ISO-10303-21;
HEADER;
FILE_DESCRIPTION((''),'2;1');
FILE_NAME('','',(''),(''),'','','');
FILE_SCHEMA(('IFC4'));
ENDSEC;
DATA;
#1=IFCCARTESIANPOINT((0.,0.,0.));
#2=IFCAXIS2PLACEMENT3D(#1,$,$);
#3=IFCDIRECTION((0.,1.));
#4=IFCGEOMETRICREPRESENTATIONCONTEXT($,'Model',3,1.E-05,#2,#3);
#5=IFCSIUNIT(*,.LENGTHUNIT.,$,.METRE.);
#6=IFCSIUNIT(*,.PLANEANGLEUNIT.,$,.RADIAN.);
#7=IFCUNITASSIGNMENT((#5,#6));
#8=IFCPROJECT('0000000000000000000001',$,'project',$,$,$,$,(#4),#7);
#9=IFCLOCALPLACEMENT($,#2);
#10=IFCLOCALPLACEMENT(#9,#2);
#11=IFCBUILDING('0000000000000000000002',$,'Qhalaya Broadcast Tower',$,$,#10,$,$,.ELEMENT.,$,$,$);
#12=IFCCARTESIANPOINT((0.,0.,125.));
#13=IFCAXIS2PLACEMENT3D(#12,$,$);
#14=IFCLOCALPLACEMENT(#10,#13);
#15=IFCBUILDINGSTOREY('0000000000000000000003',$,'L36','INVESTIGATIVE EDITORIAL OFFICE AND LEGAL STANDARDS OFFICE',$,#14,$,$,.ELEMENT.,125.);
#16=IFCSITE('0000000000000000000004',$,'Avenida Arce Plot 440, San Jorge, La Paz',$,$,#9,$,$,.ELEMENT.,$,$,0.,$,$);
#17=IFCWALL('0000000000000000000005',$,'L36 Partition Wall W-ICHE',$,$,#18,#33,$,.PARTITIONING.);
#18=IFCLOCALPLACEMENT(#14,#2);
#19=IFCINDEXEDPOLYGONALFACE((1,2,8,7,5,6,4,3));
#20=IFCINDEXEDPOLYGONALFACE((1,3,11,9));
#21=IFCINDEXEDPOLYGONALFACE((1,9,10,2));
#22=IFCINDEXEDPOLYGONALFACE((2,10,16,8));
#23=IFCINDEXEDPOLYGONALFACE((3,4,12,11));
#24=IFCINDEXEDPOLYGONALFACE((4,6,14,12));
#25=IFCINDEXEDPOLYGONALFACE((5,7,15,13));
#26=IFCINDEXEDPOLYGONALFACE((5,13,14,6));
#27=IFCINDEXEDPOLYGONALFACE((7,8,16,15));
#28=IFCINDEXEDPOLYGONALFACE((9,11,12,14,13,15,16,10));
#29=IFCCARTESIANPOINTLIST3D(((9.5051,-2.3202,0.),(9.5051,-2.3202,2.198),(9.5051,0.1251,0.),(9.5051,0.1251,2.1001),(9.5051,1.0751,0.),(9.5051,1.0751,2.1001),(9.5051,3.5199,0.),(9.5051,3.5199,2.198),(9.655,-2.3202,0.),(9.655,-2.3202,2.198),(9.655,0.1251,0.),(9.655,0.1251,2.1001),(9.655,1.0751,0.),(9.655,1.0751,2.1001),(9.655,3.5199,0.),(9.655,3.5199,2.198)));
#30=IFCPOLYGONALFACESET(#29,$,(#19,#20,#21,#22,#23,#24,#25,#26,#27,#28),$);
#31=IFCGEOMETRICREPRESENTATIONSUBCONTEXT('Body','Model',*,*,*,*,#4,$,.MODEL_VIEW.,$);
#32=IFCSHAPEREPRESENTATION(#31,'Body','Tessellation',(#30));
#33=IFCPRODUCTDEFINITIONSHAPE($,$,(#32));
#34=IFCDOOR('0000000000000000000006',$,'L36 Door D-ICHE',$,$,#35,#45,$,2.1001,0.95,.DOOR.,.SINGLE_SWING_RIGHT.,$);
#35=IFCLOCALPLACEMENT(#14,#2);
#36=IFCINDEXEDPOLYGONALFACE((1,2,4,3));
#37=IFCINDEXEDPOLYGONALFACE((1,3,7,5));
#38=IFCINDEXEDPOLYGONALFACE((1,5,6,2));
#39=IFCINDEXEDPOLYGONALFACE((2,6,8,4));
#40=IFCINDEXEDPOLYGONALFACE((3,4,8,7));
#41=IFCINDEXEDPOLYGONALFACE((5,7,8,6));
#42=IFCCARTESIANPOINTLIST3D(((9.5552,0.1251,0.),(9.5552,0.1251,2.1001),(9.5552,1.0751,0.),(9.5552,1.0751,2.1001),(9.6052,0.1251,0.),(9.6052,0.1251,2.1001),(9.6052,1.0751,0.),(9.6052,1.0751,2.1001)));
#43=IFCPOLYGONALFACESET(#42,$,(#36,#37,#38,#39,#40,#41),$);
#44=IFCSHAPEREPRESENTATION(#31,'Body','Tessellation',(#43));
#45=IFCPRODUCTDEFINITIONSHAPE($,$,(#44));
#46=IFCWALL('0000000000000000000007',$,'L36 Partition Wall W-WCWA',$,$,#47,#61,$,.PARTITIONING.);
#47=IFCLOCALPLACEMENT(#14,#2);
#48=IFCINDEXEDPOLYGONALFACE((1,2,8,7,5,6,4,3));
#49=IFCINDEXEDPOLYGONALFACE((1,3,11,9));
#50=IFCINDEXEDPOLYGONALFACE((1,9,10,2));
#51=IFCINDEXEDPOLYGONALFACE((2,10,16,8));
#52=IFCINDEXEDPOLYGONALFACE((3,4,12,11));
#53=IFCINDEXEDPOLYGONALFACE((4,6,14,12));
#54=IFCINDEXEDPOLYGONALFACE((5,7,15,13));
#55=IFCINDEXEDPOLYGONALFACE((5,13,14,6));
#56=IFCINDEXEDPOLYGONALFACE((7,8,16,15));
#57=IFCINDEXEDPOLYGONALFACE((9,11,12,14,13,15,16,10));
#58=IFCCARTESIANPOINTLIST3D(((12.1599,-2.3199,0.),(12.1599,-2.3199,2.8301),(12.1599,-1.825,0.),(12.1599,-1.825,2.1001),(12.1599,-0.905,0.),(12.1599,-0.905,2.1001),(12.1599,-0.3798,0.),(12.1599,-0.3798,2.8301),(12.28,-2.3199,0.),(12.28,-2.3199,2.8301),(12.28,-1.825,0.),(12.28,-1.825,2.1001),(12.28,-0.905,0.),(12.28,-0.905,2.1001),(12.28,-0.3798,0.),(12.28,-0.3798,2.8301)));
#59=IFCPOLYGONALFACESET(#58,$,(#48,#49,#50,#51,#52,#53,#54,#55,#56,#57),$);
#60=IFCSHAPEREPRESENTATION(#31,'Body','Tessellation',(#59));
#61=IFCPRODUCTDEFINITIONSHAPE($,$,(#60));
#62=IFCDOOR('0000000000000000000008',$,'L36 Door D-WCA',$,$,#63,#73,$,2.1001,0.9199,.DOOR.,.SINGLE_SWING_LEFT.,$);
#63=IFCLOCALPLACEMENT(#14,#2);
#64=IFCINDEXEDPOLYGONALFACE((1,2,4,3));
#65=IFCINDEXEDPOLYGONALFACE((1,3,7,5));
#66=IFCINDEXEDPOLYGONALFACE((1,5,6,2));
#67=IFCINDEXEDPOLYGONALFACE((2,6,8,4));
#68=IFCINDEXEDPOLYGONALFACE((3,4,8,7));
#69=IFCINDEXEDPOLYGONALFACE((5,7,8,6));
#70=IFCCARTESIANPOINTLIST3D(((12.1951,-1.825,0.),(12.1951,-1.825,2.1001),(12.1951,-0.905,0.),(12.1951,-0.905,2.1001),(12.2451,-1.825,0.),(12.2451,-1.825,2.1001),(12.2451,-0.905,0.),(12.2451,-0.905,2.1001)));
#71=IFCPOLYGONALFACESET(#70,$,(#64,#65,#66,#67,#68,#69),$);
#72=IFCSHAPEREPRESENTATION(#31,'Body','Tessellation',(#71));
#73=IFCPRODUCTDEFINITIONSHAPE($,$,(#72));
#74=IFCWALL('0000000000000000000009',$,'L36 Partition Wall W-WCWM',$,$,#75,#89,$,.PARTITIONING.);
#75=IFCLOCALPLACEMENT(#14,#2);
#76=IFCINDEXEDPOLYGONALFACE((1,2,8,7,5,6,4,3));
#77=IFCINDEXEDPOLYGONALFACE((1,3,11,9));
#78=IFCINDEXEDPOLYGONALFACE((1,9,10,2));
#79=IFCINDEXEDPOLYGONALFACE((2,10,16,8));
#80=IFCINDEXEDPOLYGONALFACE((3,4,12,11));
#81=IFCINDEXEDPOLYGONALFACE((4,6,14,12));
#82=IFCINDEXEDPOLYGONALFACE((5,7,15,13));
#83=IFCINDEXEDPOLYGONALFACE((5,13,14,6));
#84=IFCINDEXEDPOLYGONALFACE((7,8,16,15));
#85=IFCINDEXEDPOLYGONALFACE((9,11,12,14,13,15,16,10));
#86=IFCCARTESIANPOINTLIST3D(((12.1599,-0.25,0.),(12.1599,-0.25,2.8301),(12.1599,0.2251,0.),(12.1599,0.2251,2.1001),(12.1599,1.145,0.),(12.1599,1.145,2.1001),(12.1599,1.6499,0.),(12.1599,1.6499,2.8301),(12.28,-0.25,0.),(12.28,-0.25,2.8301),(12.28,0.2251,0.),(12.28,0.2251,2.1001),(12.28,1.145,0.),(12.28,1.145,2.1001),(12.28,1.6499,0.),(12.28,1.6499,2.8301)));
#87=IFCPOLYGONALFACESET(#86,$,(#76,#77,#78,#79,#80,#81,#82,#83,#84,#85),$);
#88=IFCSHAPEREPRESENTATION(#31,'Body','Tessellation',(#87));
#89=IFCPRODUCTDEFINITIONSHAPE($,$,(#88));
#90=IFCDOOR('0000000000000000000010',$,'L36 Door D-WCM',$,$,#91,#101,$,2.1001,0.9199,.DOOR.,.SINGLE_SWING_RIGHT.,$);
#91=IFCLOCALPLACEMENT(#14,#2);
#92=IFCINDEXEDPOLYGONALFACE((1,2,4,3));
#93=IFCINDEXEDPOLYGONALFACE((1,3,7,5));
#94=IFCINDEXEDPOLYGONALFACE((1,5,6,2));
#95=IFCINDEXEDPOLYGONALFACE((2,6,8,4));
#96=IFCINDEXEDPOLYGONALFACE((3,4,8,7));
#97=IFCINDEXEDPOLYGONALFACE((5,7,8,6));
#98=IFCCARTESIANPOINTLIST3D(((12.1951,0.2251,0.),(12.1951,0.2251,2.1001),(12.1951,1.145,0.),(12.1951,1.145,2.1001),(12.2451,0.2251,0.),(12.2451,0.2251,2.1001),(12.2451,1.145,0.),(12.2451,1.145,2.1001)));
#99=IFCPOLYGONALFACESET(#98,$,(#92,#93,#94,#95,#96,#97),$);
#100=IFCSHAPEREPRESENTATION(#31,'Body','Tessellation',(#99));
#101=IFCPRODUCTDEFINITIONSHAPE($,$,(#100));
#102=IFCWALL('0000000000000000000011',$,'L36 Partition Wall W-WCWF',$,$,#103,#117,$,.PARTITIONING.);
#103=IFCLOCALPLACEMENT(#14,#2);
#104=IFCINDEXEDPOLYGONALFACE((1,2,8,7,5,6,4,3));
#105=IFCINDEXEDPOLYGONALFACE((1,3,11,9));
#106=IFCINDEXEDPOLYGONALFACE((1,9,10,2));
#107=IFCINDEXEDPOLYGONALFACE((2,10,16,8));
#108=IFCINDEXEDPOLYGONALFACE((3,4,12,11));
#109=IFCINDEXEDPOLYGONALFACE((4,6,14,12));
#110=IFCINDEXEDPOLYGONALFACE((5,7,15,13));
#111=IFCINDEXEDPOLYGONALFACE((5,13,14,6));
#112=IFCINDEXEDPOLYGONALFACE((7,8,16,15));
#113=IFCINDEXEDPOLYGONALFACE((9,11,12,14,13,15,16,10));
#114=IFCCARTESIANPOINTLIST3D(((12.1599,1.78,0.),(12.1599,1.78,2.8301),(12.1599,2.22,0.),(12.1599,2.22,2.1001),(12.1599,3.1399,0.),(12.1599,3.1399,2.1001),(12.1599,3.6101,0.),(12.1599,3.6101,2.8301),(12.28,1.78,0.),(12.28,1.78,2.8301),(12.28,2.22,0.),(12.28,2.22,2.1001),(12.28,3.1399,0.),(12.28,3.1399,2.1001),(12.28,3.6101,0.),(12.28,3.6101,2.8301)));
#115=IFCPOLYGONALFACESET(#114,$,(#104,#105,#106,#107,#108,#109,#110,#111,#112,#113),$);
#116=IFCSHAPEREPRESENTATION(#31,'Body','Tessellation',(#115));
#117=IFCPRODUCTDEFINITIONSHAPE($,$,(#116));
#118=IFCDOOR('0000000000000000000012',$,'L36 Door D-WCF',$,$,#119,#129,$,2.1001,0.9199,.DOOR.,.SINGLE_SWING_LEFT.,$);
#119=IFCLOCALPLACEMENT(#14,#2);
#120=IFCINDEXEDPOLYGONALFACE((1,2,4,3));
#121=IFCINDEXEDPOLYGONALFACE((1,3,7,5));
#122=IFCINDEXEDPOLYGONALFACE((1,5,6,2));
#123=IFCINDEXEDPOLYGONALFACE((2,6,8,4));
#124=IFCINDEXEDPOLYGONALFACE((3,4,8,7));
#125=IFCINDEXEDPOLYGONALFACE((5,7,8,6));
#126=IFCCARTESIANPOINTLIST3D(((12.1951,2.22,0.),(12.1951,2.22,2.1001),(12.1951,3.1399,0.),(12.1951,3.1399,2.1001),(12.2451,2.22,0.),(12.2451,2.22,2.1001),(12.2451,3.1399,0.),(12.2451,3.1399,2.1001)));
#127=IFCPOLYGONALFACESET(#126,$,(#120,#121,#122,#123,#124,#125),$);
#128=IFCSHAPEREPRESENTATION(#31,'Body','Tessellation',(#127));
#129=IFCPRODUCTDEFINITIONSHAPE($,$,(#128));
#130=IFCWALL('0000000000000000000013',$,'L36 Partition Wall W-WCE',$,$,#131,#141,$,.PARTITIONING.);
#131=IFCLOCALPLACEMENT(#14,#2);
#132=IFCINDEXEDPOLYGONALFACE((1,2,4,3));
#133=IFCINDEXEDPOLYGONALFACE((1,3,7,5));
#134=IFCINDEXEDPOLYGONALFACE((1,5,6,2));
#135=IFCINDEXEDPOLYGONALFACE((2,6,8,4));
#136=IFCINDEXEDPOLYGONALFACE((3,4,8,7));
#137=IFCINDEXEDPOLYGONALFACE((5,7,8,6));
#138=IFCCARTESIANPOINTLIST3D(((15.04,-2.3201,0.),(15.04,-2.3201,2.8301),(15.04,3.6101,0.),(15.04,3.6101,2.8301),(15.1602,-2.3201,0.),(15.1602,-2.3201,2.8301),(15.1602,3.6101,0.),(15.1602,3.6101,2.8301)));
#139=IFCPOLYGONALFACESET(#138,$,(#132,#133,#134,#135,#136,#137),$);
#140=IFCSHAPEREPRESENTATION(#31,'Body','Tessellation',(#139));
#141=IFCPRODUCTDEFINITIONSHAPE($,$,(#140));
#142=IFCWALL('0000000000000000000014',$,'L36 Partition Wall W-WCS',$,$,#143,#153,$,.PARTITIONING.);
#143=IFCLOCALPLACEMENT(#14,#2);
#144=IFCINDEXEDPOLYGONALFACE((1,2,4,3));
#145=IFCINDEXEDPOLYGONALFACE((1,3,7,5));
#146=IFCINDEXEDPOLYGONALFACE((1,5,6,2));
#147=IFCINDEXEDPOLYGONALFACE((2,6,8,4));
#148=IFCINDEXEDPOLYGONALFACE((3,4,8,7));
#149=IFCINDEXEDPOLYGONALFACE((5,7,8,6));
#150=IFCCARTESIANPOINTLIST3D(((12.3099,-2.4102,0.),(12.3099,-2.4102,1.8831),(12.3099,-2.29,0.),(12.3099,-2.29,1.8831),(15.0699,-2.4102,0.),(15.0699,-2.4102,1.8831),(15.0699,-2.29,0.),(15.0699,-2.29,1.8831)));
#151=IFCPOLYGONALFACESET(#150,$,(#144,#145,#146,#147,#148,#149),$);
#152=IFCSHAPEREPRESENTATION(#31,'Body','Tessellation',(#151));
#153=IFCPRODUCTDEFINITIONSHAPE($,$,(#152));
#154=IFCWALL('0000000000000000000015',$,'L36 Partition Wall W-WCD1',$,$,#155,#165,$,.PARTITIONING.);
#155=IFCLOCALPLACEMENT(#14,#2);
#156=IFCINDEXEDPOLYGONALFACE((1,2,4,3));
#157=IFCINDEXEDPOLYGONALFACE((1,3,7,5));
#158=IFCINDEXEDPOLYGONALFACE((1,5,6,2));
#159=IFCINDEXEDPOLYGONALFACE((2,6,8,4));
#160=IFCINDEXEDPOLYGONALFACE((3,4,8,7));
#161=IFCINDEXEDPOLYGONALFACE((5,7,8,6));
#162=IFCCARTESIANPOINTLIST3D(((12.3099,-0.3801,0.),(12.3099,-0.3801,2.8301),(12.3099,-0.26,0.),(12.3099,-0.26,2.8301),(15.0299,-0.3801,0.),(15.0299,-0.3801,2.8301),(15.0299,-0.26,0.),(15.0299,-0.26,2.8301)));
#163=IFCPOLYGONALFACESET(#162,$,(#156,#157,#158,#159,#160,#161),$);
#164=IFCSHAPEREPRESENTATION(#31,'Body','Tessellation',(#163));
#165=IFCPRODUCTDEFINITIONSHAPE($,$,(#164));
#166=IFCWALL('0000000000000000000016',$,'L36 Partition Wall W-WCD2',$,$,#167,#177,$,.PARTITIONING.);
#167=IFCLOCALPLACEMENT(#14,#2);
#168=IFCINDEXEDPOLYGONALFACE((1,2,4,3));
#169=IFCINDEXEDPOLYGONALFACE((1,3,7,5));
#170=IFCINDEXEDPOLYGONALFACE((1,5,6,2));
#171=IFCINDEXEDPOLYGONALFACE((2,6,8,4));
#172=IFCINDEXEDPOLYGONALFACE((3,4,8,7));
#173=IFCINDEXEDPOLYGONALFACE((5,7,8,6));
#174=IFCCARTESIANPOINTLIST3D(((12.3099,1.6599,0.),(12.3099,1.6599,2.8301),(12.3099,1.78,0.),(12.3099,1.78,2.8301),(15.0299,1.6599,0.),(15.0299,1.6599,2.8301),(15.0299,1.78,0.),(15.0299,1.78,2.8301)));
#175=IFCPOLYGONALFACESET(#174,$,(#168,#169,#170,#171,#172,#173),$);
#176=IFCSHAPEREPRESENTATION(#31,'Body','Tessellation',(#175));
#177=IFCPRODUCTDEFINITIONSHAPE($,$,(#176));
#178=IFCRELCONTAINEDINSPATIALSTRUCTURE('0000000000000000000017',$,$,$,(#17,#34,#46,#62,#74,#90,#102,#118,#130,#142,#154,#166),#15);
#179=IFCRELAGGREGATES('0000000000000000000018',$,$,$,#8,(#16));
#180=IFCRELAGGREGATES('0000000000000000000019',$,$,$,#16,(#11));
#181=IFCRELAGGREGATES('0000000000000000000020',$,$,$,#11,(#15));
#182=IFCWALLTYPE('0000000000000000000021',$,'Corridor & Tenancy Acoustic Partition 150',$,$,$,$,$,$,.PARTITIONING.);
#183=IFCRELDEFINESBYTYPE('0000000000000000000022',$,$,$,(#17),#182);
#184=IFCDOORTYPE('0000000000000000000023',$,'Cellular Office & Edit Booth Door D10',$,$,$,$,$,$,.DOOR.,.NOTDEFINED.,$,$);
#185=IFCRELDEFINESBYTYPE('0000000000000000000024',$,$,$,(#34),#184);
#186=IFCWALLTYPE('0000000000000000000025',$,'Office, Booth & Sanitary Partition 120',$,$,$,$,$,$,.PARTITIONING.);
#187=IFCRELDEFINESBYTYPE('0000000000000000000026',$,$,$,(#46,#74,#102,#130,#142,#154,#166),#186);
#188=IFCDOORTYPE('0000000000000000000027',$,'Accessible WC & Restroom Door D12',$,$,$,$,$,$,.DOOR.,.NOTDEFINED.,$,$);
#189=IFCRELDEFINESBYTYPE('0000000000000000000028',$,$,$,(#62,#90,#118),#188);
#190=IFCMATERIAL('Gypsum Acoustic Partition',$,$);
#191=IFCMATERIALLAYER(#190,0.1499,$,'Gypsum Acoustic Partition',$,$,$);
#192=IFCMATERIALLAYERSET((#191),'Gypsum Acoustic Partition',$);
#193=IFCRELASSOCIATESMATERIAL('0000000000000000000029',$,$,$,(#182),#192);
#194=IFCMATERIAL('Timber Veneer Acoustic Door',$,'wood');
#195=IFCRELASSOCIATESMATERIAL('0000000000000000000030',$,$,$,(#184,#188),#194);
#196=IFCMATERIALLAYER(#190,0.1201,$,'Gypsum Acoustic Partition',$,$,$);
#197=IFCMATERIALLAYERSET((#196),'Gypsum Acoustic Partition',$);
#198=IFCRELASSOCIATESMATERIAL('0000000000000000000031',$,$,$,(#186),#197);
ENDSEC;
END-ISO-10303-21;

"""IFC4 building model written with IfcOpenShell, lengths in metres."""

from ifc_helpers import new_model, si_unit, direction, frame, frame_2d, origin, place, context, subcontext, project, spatial, rectangle, extrude, material, layer, layer_set, type_object, element, fill, save


model = new_model("IFC4")

# Units and contexts
model_context = context("Model", 3, precision=1e-05, world=origin(), true_north=direction((0.0, 1.0)))
body_context = subcontext(model_context, "Body", "Model", "MODEL_VIEW")
ifc_project = project(units=[si_unit("LENGTHUNIT", "METRE"), si_unit("PLANEANGLEUNIT", "RADIAN")], contexts=[model_context])

# Site, building, storey
site_placement = place(None, origin())
site = spatial("IfcSite", under=ifc_project, at=site_placement, Name="Avenida Arce Plot 440, San Jorge, La Paz", CompositionType="ELEMENT", RefElevation=0.0)
building_placement = place(site_placement, origin())
building = spatial("IfcBuilding", under=site, at=building_placement, Name="Qhalaya Broadcast Tower", CompositionType="ELEMENT")
storey_placement = place(building_placement, frame((0.0, 0.0, 125.0)))
storey = spatial("IfcBuildingStorey", under=building, at=storey_placement, Name="L36", Description="INVESTIGATIVE EDITORIAL OFFICE AND LEGAL STANDARDS OFFICE", CompositionType="ELEMENT", Elevation=125.0)

# Walls, openings, doors
ifc_material_1 = material(Name="Gypsum Acoustic Partition")
ifc_layer_1 = layer(ifc_material_1, 0.1499, Name="Gypsum Acoustic Partition")
ifc_layer_set_1 = layer_set([ifc_layer_1], Name="Gypsum Acoustic Partition")
wall_type_1 = type_object("IfcWallType", Name="Corridor & Tenancy Acoustic Partition 150", PredefinedType="PARTITIONING", material=ifc_layer_set_1)
wall_1_placement = place(storey_placement, frame((9.5801, -2.3201, 0.0), z_axis=(0.0, 0.0, 1.0), x_axis=(0.0, 1.0, 0.0)))
wall_1 = element("IfcWall", 1, at=wall_1_placement, inside=storey, type_object=wall_type_1, Name="L36 Partition Wall W-ICHE", PredefinedType="PARTITIONING", context=body_context, shape_type="SweptSolid", body=[
    extrude(rectangle(XDim=5.8401, YDim=0.1499, at=frame_2d((2.9199, 0.0))), origin(), (0.0, 0.0, 1.0), 2.198),
])
opening_1_placement = place(wall_1_placement, frame((2.4451, 0.0, 0.0)))
opening_1 = element("IfcOpeningElement", 2, at=opening_1_placement, cuts=wall_1, PredefinedType="OPENING", context=body_context, shape_type="SweptSolid", body=[
    extrude(rectangle(XDim=0.95, YDim=2.1001, at=frame_2d((0.4751, 1.05))), frame((0.0, 0.0869, 0.0), z_axis=(0.0, -1.0, 0.0), x_axis=(1.0, 0.0, 0.0)), (0.0, 0.0, 1.0), 0.1738),
])
ifc_material_2 = material(Name="Timber Veneer Acoustic Door", Category="wood")
door_type_1 = type_object("IfcDoorType", Name="Cellular Office & Edit Booth Door D10", OperationType="NOTDEFINED", PredefinedType="DOOR", material=ifc_material_2)
door_1_placement = place(opening_1_placement, origin())
door_1 = element("IfcDoor", 3, at=door_1_placement, inside=storey, type_object=door_type_1, Name="L36 Door D-ICHE", OperationType="SINGLE_SWING_RIGHT", OverallHeight=2.1001, OverallWidth=0.95, PredefinedType="DOOR", context=body_context, shape_type="SweptSolid", body=[
    extrude(rectangle(XDim=0.95, YDim=2.1001, at=frame_2d((0.4751, 1.05))), frame((0.0, 0.0249, 0.0), z_axis=(0.0, -1.0, 0.0), x_axis=(1.0, 0.0, 0.0)), (0.0, 0.0, 1.0), 0.05),
])
fill(opening_1, door_1)
ifc_layer_2 = layer(ifc_material_1, 0.1201, Name="Gypsum Acoustic Partition")
ifc_layer_set_2 = layer_set([ifc_layer_2], Name="Gypsum Acoustic Partition")
wall_type_2 = type_object("IfcWallType", Name="Office, Booth & Sanitary Partition 120", PredefinedType="PARTITIONING", material=ifc_layer_set_2)
wall_2_placement = place(storey_placement, frame((12.22, -2.3201, 0.0), z_axis=(0.0, 0.0, 1.0), x_axis=(0.0, 1.0, 0.0)))
wall_2 = element("IfcWall", 4, at=wall_2_placement, inside=storey, type_object=wall_type_2, Name="L36 Partition Wall W-WCWA", PredefinedType="PARTITIONING", context=body_context, shape_type="SweptSolid", body=[
    extrude(rectangle(XDim=1.9402, YDim=0.1201, at=frame_2d((0.9702, 0.0))), origin(), (0.0, 0.0, 1.0), 2.8301),
])
opening_2_placement = place(wall_2_placement, frame((0.4951, 0.0, 0.0)))
opening_2 = element("IfcOpeningElement", 5, at=opening_2_placement, cuts=wall_2, PredefinedType="OPENING", context=body_context, shape_type="SweptSolid", body=[
    extrude(rectangle(XDim=0.9199, YDim=2.1001, at=frame_2d((0.46, 1.05))), frame((0.0, 0.072, 0.0), z_axis=(0.0, -1.0, 0.0), x_axis=(1.0, 0.0, 0.0)), (0.0, 0.0, 1.0), 0.144),
])
door_type_2 = type_object("IfcDoorType", Name="Accessible WC & Restroom Door D12", OperationType="NOTDEFINED", PredefinedType="DOOR", material=ifc_material_2)
door_2_placement = place(opening_2_placement, origin())
door_2 = element("IfcDoor", 6, at=door_2_placement, inside=storey, type_object=door_type_2, Name="L36 Door D-WCA", OperationType="SINGLE_SWING_LEFT", OverallHeight=2.1001, OverallWidth=0.9199, PredefinedType="DOOR", context=body_context, shape_type="SweptSolid", body=[
    extrude(rectangle(XDim=0.9199, YDim=2.1001, at=frame_2d((0.46, 1.05))), frame((0.0, 0.0249, 0.0), z_axis=(0.0, -1.0, 0.0), x_axis=(1.0, 0.0, 0.0)), (0.0, 0.0, 1.0), 0.05),
])
fill(opening_2, door_2)
wall_3_placement = place(storey_placement, frame((12.22, -0.25, 0.0), z_axis=(0.0, 0.0, 1.0), x_axis=(0.0, 1.0, 0.0)))
wall_3 = element("IfcWall", 7, at=wall_3_placement, inside=storey, type_object=wall_type_2, Name="L36 Partition Wall W-WCWM", PredefinedType="PARTITIONING", context=body_context, shape_type="SweptSolid", body=[
    extrude(rectangle(XDim=1.8999, YDim=0.1201, at=frame_2d((0.95, 0.0))), origin(), (0.0, 0.0, 1.0), 2.8301),
])
opening_3_placement = place(wall_3_placement, frame((0.4751, 0.0, 0.0)))
opening_3 = element("IfcOpeningElement", 8, at=opening_3_placement, cuts=wall_3, PredefinedType="OPENING", context=body_context, shape_type="SweptSolid", body=[
    extrude(rectangle(XDim=0.9199, YDim=2.1001, at=frame_2d((0.46, 1.05))), frame((0.0, 0.072, 0.0), z_axis=(0.0, -1.0, 0.0), x_axis=(1.0, 0.0, 0.0)), (0.0, 0.0, 1.0), 0.144),
])
door_3_placement = place(opening_3_placement, origin())
door_3 = element("IfcDoor", 9, at=door_3_placement, inside=storey, type_object=door_type_2, Name="L36 Door D-WCM", OperationType="SINGLE_SWING_RIGHT", OverallHeight=2.1001, OverallWidth=0.9199, PredefinedType="DOOR", context=body_context, shape_type="SweptSolid", body=[
    extrude(rectangle(XDim=0.9199, YDim=2.1001, at=frame_2d((0.46, 1.05))), frame((0.0, 0.0249, 0.0), z_axis=(0.0, -1.0, 0.0), x_axis=(1.0, 0.0, 0.0)), (0.0, 0.0, 1.0), 0.05),
])
fill(opening_3, door_3)
wall_4_placement = place(storey_placement, frame((12.22, 1.78, 0.0), z_axis=(0.0, 0.0, 1.0), x_axis=(0.0, 1.0, 0.0)))
wall_4 = element("IfcWall", 10, at=wall_4_placement, inside=storey, type_object=wall_type_2, Name="L36 Partition Wall W-WCWF", PredefinedType="PARTITIONING", context=body_context, shape_type="SweptSolid", body=[
    extrude(rectangle(XDim=1.8301, YDim=0.1201, at=frame_2d((0.915, 0.0))), origin(), (0.0, 0.0, 1.0), 2.8301),
])
opening_4_placement = place(wall_4_placement, frame((0.4399, 0.0, 0.0)))
opening_4 = element("IfcOpeningElement", 11, at=opening_4_placement, cuts=wall_4, PredefinedType="OPENING", context=body_context, shape_type="SweptSolid", body=[
    extrude(rectangle(XDim=0.9199, YDim=2.1001, at=frame_2d((0.46, 1.05))), frame((0.0, 0.072, 0.0), z_axis=(0.0, -1.0, 0.0), x_axis=(1.0, 0.0, 0.0)), (0.0, 0.0, 1.0), 0.144),
])
door_4_placement = place(opening_4_placement, origin())
door_4 = element("IfcDoor", 12, at=door_4_placement, inside=storey, type_object=door_type_2, Name="L36 Door D-WCF", OperationType="SINGLE_SWING_LEFT", OverallHeight=2.1001, OverallWidth=0.9199, PredefinedType="DOOR", context=body_context, shape_type="SweptSolid", body=[
    extrude(rectangle(XDim=0.9199, YDim=2.1001, at=frame_2d((0.46, 1.05))), frame((0.0, 0.0249, 0.0), z_axis=(0.0, -1.0, 0.0), x_axis=(1.0, 0.0, 0.0)), (0.0, 0.0, 1.0), 0.05),
])
fill(opening_4, door_4)

# Walls
wall_5_placement = place(storey_placement, frame((15.1001, -2.3201, 0.0), z_axis=(0.0, 0.0, 1.0), x_axis=(0.0, 1.0, 0.0)))
element("IfcWall", 13, at=wall_5_placement, inside=storey, type_object=wall_type_2, Name="L36 Partition Wall W-WCE", PredefinedType="PARTITIONING", context=body_context, shape_type="SweptSolid", body=[
    extrude(rectangle(XDim=5.9302, YDim=0.1201, at=frame_2d((2.9651, 0.0))), origin(), (0.0, 0.0, 1.0), 2.8301),
])
wall_6_placement = place(storey_placement, frame((12.3101, -2.3501, 0.0), z_axis=(0.0, 0.0, 1.0), x_axis=(1.0, 0.0, 0.0)))
element("IfcWall", 14, at=wall_6_placement, inside=storey, type_object=wall_type_2, Name="L36 Partition Wall W-WCS", PredefinedType="PARTITIONING", context=body_context, shape_type="SweptSolid", body=[
    extrude(rectangle(XDim=2.76, YDim=0.1201, at=frame_2d((1.3799, 0.0))), origin(), (0.0, 0.0, 1.0), 1.8831),
])
for number, where, z_axis, x_axis, name in (
    (15, (12.3101, -0.3201, 0.0), (0.0, 0.0, 1.0), (1.0, 0.0, 0.0), "L36 Partition Wall W-WCD1"),
    (16, (12.3101, 1.72, 0.0), (0.0, 0.0, 1.0), (1.0, 0.0, 0.0), "L36 Partition Wall W-WCD2"),
):
    element("IfcWall", number, at=place(storey_placement, frame(where, z_axis=z_axis, x_axis=x_axis)), inside=storey, type_object=wall_type_2, Name=name, PredefinedType="PARTITIONING", context=body_context, shape_type="SweptSolid", body=[
        extrude(rectangle(XDim=2.72, YDim=0.1201, at=frame_2d((1.3599, 0.0))), origin(), (0.0, 0.0, 1.0), 2.8301),
    ])

save(model, "model.ifc")
